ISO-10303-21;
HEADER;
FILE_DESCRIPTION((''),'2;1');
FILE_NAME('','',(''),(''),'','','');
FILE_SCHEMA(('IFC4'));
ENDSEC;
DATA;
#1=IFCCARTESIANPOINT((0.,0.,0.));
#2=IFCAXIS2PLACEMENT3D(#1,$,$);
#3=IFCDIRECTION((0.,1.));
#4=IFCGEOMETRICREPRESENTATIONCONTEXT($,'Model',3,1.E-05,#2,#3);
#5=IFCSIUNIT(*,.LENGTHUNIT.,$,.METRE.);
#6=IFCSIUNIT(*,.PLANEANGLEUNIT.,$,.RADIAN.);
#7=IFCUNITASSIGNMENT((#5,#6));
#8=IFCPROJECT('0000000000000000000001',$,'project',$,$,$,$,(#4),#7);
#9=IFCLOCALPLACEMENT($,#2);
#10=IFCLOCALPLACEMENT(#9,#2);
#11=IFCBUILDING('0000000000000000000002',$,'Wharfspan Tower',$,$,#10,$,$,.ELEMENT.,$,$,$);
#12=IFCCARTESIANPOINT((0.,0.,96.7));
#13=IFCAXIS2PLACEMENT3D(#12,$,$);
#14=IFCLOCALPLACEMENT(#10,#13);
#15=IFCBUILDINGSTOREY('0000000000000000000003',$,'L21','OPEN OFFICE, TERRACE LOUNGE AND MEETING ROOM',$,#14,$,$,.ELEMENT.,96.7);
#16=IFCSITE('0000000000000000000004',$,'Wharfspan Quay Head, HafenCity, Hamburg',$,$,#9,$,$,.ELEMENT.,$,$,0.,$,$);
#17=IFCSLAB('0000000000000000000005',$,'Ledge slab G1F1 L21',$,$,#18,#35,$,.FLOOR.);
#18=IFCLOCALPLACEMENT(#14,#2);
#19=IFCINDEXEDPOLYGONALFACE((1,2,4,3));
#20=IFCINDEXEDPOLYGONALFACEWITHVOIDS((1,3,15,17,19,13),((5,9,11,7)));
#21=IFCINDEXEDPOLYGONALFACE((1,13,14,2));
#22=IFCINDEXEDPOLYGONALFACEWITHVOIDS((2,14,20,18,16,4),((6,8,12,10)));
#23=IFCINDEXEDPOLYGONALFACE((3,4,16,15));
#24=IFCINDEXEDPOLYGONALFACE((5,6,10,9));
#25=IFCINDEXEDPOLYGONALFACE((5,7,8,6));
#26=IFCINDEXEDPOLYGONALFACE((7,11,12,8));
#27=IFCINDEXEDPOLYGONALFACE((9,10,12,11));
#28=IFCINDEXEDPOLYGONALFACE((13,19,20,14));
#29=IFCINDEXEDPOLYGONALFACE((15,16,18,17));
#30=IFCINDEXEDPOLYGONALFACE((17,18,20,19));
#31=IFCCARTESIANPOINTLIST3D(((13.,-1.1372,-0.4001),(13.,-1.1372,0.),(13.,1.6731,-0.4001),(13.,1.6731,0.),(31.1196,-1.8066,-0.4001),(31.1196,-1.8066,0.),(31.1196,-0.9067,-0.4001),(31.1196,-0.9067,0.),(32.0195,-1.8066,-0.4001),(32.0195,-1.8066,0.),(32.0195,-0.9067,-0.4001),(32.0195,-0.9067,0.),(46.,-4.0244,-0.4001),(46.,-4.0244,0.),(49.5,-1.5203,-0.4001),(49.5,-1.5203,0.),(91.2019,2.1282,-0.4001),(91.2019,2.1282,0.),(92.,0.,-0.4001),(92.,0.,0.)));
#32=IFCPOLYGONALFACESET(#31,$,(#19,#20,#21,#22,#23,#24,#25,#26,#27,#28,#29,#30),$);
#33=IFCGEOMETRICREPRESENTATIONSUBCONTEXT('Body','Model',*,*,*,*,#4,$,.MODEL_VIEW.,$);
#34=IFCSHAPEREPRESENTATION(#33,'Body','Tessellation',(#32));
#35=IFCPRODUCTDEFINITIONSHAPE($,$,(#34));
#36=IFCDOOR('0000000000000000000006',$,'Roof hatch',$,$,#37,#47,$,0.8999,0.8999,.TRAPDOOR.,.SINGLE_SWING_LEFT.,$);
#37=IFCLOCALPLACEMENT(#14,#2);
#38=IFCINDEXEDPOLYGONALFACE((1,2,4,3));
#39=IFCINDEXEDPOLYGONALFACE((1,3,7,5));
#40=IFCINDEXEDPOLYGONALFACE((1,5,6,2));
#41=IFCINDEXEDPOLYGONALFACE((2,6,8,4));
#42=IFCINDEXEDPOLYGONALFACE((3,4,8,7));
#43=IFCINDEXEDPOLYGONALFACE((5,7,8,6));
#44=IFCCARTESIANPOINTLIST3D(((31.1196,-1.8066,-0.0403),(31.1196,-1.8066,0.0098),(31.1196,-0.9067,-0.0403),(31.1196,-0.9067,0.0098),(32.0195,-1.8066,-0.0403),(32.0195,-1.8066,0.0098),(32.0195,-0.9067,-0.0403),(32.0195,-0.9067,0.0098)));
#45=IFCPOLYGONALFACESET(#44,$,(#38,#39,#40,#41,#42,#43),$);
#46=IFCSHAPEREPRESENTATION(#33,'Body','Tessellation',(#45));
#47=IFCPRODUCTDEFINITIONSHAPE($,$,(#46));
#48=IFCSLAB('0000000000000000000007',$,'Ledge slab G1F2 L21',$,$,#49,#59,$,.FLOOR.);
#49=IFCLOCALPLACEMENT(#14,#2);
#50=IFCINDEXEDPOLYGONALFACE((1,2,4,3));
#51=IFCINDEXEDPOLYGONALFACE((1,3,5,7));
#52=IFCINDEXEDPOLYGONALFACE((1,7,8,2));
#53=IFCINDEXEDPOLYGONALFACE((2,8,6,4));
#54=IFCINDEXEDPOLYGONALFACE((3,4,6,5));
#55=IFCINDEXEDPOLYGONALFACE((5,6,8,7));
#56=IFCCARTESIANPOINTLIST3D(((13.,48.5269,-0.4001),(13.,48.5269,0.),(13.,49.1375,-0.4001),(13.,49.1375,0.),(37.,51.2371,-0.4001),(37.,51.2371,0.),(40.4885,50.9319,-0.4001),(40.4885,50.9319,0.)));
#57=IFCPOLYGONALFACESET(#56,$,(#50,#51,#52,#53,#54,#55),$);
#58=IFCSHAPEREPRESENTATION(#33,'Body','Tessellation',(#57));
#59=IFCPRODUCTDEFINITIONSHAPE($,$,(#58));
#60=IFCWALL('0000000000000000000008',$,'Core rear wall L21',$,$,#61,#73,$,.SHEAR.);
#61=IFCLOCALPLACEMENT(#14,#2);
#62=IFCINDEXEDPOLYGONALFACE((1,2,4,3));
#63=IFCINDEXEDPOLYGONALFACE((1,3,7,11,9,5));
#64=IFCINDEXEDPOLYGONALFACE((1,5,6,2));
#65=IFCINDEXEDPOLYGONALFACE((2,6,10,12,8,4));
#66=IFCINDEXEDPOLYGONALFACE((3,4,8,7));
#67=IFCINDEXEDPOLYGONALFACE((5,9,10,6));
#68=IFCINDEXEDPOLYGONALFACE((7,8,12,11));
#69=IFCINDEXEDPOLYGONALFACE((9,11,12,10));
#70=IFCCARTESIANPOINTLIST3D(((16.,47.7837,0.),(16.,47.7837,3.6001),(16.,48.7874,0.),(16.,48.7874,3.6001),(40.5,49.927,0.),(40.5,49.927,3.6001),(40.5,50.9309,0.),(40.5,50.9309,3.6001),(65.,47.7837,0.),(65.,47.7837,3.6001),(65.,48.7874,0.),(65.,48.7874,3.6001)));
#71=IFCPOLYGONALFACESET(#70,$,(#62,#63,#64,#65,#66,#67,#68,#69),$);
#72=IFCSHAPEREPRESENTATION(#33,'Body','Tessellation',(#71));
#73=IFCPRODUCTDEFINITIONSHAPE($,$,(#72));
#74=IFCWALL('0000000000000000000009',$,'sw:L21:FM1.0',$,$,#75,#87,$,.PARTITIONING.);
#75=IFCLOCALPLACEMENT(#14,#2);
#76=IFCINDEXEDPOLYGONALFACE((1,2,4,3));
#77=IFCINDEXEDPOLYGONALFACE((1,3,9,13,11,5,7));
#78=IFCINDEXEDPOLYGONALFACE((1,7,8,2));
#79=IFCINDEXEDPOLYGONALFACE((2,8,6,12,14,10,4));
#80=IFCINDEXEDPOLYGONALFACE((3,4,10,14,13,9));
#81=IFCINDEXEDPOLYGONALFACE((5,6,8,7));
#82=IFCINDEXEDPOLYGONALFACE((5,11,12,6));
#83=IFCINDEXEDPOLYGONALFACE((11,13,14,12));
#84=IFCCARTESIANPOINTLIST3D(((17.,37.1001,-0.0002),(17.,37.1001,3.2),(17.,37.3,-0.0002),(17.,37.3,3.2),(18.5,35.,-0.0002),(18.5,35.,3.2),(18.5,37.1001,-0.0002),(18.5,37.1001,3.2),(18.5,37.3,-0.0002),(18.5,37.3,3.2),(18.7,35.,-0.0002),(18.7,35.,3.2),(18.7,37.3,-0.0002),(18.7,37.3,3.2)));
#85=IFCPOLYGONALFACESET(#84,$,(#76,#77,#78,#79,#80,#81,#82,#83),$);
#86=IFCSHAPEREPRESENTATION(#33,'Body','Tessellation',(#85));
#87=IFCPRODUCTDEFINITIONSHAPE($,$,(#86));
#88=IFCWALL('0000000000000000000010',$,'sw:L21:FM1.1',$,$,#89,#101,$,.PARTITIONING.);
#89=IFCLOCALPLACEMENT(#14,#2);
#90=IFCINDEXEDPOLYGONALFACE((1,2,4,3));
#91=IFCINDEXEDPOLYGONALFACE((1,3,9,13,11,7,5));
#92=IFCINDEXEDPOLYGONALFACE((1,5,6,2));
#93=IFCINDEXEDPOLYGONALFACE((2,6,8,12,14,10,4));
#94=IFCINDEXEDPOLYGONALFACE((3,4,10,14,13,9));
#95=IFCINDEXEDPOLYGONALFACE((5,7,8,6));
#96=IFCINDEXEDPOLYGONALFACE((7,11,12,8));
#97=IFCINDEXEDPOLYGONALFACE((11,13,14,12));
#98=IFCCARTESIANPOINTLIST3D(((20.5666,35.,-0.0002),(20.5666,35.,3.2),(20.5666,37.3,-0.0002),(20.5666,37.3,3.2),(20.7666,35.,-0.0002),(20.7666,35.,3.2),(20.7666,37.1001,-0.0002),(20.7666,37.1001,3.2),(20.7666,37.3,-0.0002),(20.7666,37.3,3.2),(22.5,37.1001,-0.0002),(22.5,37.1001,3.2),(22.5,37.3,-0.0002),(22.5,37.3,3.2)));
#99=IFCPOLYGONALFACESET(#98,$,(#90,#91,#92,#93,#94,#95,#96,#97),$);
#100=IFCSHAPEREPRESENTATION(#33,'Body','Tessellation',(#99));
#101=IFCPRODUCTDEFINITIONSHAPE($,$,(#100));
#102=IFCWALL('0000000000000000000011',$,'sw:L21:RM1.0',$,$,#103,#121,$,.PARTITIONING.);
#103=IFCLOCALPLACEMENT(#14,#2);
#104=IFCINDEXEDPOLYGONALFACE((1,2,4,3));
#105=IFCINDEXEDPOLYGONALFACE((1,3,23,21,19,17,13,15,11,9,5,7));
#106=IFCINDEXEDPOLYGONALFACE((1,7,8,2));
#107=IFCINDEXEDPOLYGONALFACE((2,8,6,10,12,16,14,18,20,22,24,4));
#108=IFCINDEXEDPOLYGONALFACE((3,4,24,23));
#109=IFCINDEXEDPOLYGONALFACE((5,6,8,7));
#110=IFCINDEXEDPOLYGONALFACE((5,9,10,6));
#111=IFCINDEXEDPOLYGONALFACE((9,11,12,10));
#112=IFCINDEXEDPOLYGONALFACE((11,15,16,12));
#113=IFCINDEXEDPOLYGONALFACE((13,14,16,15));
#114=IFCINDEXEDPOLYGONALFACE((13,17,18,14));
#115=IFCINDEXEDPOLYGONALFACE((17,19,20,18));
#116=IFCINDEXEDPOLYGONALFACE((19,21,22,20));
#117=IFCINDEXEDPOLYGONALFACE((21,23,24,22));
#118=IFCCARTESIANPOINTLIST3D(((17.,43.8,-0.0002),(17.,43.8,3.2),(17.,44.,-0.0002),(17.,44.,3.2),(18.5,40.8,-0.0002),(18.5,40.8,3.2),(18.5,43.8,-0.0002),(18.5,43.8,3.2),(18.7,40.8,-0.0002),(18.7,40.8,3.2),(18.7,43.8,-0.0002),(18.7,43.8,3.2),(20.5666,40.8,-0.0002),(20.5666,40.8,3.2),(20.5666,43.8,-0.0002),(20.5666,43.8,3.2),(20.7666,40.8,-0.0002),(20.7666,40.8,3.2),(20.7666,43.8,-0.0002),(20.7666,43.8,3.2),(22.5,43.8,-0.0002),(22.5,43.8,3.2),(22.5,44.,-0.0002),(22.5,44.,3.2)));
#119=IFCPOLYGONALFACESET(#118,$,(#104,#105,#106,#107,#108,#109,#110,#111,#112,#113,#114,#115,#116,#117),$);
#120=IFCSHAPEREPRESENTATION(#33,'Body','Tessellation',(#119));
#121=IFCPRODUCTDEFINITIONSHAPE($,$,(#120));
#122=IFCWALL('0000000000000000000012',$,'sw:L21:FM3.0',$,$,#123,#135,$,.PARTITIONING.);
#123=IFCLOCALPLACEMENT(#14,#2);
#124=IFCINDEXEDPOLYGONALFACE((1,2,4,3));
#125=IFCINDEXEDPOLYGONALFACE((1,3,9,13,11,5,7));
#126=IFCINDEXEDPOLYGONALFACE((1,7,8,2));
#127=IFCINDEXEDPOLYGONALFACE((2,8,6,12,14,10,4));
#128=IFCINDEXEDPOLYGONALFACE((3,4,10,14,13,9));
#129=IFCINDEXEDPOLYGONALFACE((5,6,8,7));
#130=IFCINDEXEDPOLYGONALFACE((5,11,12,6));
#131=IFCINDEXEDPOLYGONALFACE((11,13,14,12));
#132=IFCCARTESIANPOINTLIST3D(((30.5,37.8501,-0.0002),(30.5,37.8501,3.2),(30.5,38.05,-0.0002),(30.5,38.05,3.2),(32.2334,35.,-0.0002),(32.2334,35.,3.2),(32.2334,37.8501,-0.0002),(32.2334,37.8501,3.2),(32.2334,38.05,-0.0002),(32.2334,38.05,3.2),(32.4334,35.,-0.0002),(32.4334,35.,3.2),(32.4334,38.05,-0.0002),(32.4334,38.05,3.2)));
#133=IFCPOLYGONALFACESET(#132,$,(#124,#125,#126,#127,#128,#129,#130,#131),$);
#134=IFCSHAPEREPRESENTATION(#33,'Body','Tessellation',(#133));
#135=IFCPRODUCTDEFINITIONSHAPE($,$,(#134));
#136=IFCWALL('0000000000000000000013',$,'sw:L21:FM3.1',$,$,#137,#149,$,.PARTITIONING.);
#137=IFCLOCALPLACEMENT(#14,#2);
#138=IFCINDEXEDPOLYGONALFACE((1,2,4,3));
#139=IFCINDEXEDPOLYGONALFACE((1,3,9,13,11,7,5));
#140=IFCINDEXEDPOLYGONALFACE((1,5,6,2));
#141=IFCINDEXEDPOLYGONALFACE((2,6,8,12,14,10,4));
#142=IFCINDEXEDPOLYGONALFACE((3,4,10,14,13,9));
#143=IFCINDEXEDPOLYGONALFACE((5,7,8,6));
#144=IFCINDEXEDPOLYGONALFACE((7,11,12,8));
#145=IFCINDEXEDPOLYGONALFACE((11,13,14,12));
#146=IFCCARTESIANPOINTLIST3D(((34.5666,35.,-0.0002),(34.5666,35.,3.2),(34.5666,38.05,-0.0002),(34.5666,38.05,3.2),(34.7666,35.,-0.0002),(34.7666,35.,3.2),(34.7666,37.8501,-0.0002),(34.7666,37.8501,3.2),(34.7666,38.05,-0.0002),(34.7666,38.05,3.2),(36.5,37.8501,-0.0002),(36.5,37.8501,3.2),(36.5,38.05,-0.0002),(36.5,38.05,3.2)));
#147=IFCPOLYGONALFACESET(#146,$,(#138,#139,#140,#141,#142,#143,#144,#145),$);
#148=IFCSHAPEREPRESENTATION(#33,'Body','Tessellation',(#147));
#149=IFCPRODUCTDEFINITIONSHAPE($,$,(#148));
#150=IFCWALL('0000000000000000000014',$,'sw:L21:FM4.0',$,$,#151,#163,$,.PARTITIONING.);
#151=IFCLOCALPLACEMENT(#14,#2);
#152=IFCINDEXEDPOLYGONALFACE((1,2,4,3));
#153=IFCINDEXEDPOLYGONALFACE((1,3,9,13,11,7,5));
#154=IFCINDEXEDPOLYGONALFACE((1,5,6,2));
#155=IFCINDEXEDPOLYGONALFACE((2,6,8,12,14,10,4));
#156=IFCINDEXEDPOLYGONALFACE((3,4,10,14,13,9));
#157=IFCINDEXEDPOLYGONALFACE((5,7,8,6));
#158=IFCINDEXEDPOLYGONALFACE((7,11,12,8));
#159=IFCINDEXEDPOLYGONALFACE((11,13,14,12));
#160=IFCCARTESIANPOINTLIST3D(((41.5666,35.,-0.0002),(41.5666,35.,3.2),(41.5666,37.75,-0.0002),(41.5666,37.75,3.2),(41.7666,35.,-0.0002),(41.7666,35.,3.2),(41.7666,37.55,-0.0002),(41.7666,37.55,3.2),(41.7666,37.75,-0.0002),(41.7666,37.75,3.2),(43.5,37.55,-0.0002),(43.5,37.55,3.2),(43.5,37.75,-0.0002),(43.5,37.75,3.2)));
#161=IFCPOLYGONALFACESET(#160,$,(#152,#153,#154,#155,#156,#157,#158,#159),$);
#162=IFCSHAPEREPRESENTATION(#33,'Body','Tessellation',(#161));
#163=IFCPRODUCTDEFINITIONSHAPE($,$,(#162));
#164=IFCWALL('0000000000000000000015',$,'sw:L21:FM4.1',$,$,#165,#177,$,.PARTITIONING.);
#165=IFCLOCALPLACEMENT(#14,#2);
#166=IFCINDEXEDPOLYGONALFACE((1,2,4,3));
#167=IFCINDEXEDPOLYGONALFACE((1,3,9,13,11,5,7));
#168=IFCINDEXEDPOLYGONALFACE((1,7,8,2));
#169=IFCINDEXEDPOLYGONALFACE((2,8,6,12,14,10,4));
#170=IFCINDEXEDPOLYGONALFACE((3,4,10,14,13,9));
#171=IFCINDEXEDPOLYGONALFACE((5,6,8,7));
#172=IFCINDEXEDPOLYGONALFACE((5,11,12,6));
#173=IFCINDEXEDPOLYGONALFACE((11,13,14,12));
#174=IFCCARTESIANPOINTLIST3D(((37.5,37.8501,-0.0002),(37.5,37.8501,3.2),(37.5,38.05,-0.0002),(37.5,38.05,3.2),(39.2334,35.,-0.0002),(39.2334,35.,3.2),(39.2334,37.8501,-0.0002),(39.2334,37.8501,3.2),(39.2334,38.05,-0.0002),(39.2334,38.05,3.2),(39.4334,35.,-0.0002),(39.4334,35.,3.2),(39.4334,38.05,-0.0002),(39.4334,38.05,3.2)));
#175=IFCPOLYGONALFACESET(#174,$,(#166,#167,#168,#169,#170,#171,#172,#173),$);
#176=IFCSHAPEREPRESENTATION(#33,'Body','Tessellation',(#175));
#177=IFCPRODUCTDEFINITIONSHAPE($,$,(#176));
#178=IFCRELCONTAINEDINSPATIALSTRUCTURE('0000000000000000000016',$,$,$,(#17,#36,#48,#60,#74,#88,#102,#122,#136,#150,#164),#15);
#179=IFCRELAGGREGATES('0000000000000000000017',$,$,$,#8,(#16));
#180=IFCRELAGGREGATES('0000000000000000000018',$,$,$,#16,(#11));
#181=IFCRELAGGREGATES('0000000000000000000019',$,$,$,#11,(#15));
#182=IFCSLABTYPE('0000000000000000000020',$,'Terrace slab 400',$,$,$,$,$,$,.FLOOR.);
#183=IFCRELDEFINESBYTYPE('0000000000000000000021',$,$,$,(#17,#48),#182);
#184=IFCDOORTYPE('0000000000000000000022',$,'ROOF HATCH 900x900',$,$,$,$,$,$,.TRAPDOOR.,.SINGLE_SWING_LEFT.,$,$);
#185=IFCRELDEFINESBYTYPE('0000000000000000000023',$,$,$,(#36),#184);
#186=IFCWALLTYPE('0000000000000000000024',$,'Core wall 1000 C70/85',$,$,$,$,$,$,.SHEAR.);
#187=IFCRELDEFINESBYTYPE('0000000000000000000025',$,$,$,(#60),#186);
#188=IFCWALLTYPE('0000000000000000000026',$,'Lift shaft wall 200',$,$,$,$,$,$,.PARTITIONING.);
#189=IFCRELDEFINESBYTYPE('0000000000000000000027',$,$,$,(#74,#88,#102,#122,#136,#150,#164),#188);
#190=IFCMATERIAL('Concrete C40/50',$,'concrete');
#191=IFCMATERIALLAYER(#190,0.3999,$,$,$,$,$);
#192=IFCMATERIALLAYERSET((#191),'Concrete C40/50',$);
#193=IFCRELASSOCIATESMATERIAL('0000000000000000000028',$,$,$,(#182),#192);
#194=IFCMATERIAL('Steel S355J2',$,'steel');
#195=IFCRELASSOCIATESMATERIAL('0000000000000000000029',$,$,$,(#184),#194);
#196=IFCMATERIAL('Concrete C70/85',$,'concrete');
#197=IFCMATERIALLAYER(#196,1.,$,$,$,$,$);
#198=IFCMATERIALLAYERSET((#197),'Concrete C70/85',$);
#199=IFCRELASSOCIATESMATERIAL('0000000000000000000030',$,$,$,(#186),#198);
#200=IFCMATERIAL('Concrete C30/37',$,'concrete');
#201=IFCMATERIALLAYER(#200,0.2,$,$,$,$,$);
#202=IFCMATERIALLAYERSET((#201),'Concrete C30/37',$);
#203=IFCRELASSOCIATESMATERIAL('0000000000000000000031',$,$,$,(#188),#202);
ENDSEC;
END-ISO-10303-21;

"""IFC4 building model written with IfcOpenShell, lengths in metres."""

from ifc_helpers import new_model, si_unit, direction, frame, origin, origin_2d, place, context, subcontext, project, spatial, polyline, rectangle, outline, extrude, material, layer, layer_set, type_object, element, fill, save


model = new_model("IFC4")

# Units and contexts
model_context = context("Model", 3, precision=1e-05, world=origin(), true_north=direction((0.0, 1.0)))
body_context = subcontext(model_context, "Body", "Model", "MODEL_VIEW")
ifc_project = project(units=[si_unit("LENGTHUNIT", "METRE"), si_unit("PLANEANGLEUNIT", "RADIAN")], contexts=[model_context])

# Site, building, storey
site_placement = place(None, origin())
site = spatial("IfcSite", under=ifc_project, at=site_placement, Name="Wharfspan Quay Head, HafenCity, Hamburg", CompositionType="ELEMENT", RefElevation=0.0)
building_placement = place(site_placement, origin())
building = spatial("IfcBuilding", under=site, at=building_placement, Name="Wharfspan Tower", CompositionType="ELEMENT")
storey_placement = place(building_placement, frame((0.0, 0.0, 96.7)))
storey = spatial("IfcBuildingStorey", under=building, at=storey_placement, Name="L21", Description="OPEN OFFICE, TERRACE LOUNGE AND MEETING ROOM", CompositionType="ELEMENT", Elevation=96.7)

# Shared definitions
ifc_material_1 = material(Name="Concrete C40/50", Category="concrete")

# Shared definitions
ifc_layer_1 = layer(ifc_material_1, 0.3999)
ifc_layer_set_1 = layer_set([ifc_layer_1], Name="Concrete C40/50")
slab_type_1 = type_object("IfcSlabType", Name="Terrace slab 400", PredefinedType="FLOOR", material=ifc_layer_set_1)

# Slab, opening, door
slab_1_placement = place(storey_placement, frame((0.0, 0.0, -0.4001)))
slab_1 = element("IfcSlab", 1, at=slab_1_placement, inside=storey, type_object=slab_type_1, Name="Ledge slab G1F1 L21", PredefinedType="FLOOR", context=body_context, shape_type="SweptSolid", body=[
    extrude(outline(polyline([(46.0, -4.0244), (92.0, 0.0), (91.2019, 2.1282), (49.5, -1.5203), (13.0, 1.6731), (13.0, -1.1372), (46.0, -4.0244)])), origin(), (0.0, 0.0, 1.0), 0.4001),
])
opening_placement = place(slab_1_placement, frame((31.5696, -1.3567, 0.0)))
opening = element("IfcOpeningElement", 2, at=opening_placement, cuts=slab_1, PredefinedType="OPENING", context=body_context, shape_type="SweptSolid", body=[
    extrude(rectangle(XDim=0.8999, YDim=0.8999, at=origin_2d()), frame((0.0, 0.0, -0.01)), (0.0, 0.0, 1.0), 0.4199),
])
ifc_material_2 = material(Name="Steel S355J2", Category="steel")
door_type = type_object("IfcDoorType", Name="ROOF HATCH 900x900", OperationType="SINGLE_SWING_LEFT", PredefinedType="TRAPDOOR", material=ifc_material_2)
door_placement = place(opening_placement, frame((0.0, 0.0, 0.3599)))
door = element("IfcDoor", 3, at=door_placement, inside=storey, type_object=door_type, Name="Roof hatch", OperationType="SINGLE_SWING_LEFT", OverallHeight=0.8999, OverallWidth=0.8999, PredefinedType="TRAPDOOR", context=body_context, shape_type="SweptSolid", body=[
    extrude(rectangle(XDim=0.8999, YDim=0.8999, at=origin_2d()), origin(), (0.0, 0.0, 1.0), 0.05),
])
fill(opening, door)

# Slab
slab_2_placement = place(storey_placement, frame((0.0, 0.0, -0.4001)))
element("IfcSlab", 4, at=slab_2_placement, inside=storey, type_object=slab_type_1, Name="Ledge slab G1F2 L21", PredefinedType="FLOOR", context=body_context, shape_type="SweptSolid", body=[
    extrude(outline(polyline([(37.0, 51.2371), (13.0, 49.1375), (13.0, 48.5269), (40.4885, 50.9319), (37.0, 51.2371)])), origin(), (0.0, 0.0, 1.0), 0.4001),
])

# Walls
ifc_material_3 = material(Name="Concrete C70/85", Category="concrete")
ifc_layer_2 = layer(ifc_material_3, 1.0)
ifc_layer_set_2 = layer_set([ifc_layer_2], Name="Concrete C70/85")
wall_type_1 = type_object("IfcWallType", Name="Core wall 1000 C70/85", PredefinedType="SHEAR", material=ifc_layer_set_2)
wall_1_placement = place(storey_placement, origin())
element("IfcWall", 5, at=wall_1_placement, inside=storey, type_object=wall_type_1, Name="Core rear wall L21", PredefinedType="SHEAR", context=body_context, shape_type="SweptSolid", body=[
    extrude(outline(polyline([(16.0, 47.7837), (40.5, 49.927), (65.0, 47.7837), (65.0, 48.7874), (40.5, 50.9309), (16.0, 48.7874), (16.0, 47.7837)])), origin(), (0.0, 0.0, 1.0), 3.6001),
])
ifc_material_4 = material(Name="Concrete C30/37", Category="concrete")
ifc_layer_3 = layer(ifc_material_4, 0.2)
ifc_layer_set_3 = layer_set([ifc_layer_3], Name="Concrete C30/37")
wall_type_2 = type_object("IfcWallType", Name="Lift shaft wall 200", PredefinedType="PARTITIONING", material=ifc_layer_set_3)
wall_2_placement = place(storey_placement, frame((0.0, 0.0, -0.0002)))
element("IfcWall", 6, at=wall_2_placement, inside=storey, type_object=wall_type_2, Name="sw:L21:FM1.0", PredefinedType="PARTITIONING", context=body_context, shape_type="SweptSolid", body=[
    extrude(outline(polyline([(18.5, 37.1001), (17.0, 37.1001), (17.0, 37.3), (18.5, 37.3), (18.7, 37.3), (18.7, 35.0), (18.5, 35.0), (18.5, 37.1001)])), origin(), (0.0, 0.0, 1.0), 3.2002),
])
wall_3_placement = place(storey_placement, frame((0.0, 0.0, -0.0002)))
element("IfcWall", 7, at=wall_3_placement, inside=storey, type_object=wall_type_2, Name="sw:L21:FM1.1", PredefinedType="PARTITIONING", context=body_context, shape_type="SweptSolid", body=[
    extrude(outline(polyline([(20.5666, 37.3), (20.7666, 37.3), (22.5, 37.3), (22.5, 37.1001), (20.7666, 37.1001), (20.7666, 35.0), (20.5666, 35.0), (20.5666, 37.3)])), origin(), (0.0, 0.0, 1.0), 3.2002),
])
wall_4_placement = place(storey_placement, frame((0.0, 0.0, -0.0002)))
element("IfcWall", 8, at=wall_4_placement, inside=storey, type_object=wall_type_2, Name="sw:L21:RM1.0", PredefinedType="PARTITIONING", context=body_context, shape_type="SweptSolid", body=[
    extrude(outline(polyline([(18.7, 40.8), (18.5, 40.8), (18.5, 43.8), (17.0, 43.8), (17.0, 44.0), (22.5, 44.0), (22.5, 43.8), (20.7666, 43.8), (20.7666, 40.8), (20.5666, 40.8), (20.5666, 43.8), (18.7, 43.8), (18.7, 40.8)])), origin(), (0.0, 0.0, 1.0), 3.2002),
])
wall_5_placement = place(storey_placement, frame((0.0, 0.0, -0.0002)))
element("IfcWall", 9, at=wall_5_placement, inside=storey, type_object=wall_type_2, Name="sw:L21:FM3.0", PredefinedType="PARTITIONING", context=body_context, shape_type="SweptSolid", body=[
    extrude(outline(polyline([(32.2334, 37.8501), (30.5, 37.8501), (30.5, 38.05), (32.2334, 38.05), (32.4333, 38.05), (32.4333, 35.0), (32.2334, 35.0), (32.2334, 37.8501)])), origin(), (0.0, 0.0, 1.0), 3.2002),
])
wall_6_placement = place(storey_placement, frame((0.0, 0.0, -0.0002)))
element("IfcWall", 10, at=wall_6_placement, inside=storey, type_object=wall_type_2, Name="sw:L21:FM3.1", PredefinedType="PARTITIONING", context=body_context, shape_type="SweptSolid", body=[
    extrude(outline(polyline([(34.5667, 38.05), (34.7666, 38.05), (36.5, 38.05), (36.5, 37.8501), (34.7666, 37.8501), (34.7666, 35.0), (34.5667, 35.0), (34.5667, 38.05)])), origin(), (0.0, 0.0, 1.0), 3.2002),
])
wall_7_placement = place(storey_placement, frame((0.0, 0.0, -0.0002)))
element("IfcWall", 11, at=wall_7_placement, inside=storey, type_object=wall_type_2, Name="sw:L21:FM4.0", PredefinedType="PARTITIONING", context=body_context, shape_type="SweptSolid", body=[
    extrude(outline(polyline([(41.5667, 37.75), (41.7666, 37.75), (43.5, 37.75), (43.5, 37.55), (41.7666, 37.55), (41.7666, 35.0), (41.5667, 35.0), (41.5667, 37.75)])), origin(), (0.0, 0.0, 1.0), 3.2002),
])
wall_8_placement = place(storey_placement, frame((0.0, 0.0, -0.0002)))
element("IfcWall", 12, at=wall_8_placement, inside=storey, type_object=wall_type_2, Name="sw:L21:FM4.1", PredefinedType="PARTITIONING", context=body_context, shape_type="SweptSolid", body=[
    extrude(outline(polyline([(39.2334, 37.8501), (37.5, 37.8501), (37.5, 38.05), (39.2334, 38.05), (39.4333, 38.05), (39.4333, 35.0), (39.2334, 35.0), (39.2334, 37.8501)])), origin(), (0.0, 0.0, 1.0), 3.2002),
])

save(model, "model.ifc")
